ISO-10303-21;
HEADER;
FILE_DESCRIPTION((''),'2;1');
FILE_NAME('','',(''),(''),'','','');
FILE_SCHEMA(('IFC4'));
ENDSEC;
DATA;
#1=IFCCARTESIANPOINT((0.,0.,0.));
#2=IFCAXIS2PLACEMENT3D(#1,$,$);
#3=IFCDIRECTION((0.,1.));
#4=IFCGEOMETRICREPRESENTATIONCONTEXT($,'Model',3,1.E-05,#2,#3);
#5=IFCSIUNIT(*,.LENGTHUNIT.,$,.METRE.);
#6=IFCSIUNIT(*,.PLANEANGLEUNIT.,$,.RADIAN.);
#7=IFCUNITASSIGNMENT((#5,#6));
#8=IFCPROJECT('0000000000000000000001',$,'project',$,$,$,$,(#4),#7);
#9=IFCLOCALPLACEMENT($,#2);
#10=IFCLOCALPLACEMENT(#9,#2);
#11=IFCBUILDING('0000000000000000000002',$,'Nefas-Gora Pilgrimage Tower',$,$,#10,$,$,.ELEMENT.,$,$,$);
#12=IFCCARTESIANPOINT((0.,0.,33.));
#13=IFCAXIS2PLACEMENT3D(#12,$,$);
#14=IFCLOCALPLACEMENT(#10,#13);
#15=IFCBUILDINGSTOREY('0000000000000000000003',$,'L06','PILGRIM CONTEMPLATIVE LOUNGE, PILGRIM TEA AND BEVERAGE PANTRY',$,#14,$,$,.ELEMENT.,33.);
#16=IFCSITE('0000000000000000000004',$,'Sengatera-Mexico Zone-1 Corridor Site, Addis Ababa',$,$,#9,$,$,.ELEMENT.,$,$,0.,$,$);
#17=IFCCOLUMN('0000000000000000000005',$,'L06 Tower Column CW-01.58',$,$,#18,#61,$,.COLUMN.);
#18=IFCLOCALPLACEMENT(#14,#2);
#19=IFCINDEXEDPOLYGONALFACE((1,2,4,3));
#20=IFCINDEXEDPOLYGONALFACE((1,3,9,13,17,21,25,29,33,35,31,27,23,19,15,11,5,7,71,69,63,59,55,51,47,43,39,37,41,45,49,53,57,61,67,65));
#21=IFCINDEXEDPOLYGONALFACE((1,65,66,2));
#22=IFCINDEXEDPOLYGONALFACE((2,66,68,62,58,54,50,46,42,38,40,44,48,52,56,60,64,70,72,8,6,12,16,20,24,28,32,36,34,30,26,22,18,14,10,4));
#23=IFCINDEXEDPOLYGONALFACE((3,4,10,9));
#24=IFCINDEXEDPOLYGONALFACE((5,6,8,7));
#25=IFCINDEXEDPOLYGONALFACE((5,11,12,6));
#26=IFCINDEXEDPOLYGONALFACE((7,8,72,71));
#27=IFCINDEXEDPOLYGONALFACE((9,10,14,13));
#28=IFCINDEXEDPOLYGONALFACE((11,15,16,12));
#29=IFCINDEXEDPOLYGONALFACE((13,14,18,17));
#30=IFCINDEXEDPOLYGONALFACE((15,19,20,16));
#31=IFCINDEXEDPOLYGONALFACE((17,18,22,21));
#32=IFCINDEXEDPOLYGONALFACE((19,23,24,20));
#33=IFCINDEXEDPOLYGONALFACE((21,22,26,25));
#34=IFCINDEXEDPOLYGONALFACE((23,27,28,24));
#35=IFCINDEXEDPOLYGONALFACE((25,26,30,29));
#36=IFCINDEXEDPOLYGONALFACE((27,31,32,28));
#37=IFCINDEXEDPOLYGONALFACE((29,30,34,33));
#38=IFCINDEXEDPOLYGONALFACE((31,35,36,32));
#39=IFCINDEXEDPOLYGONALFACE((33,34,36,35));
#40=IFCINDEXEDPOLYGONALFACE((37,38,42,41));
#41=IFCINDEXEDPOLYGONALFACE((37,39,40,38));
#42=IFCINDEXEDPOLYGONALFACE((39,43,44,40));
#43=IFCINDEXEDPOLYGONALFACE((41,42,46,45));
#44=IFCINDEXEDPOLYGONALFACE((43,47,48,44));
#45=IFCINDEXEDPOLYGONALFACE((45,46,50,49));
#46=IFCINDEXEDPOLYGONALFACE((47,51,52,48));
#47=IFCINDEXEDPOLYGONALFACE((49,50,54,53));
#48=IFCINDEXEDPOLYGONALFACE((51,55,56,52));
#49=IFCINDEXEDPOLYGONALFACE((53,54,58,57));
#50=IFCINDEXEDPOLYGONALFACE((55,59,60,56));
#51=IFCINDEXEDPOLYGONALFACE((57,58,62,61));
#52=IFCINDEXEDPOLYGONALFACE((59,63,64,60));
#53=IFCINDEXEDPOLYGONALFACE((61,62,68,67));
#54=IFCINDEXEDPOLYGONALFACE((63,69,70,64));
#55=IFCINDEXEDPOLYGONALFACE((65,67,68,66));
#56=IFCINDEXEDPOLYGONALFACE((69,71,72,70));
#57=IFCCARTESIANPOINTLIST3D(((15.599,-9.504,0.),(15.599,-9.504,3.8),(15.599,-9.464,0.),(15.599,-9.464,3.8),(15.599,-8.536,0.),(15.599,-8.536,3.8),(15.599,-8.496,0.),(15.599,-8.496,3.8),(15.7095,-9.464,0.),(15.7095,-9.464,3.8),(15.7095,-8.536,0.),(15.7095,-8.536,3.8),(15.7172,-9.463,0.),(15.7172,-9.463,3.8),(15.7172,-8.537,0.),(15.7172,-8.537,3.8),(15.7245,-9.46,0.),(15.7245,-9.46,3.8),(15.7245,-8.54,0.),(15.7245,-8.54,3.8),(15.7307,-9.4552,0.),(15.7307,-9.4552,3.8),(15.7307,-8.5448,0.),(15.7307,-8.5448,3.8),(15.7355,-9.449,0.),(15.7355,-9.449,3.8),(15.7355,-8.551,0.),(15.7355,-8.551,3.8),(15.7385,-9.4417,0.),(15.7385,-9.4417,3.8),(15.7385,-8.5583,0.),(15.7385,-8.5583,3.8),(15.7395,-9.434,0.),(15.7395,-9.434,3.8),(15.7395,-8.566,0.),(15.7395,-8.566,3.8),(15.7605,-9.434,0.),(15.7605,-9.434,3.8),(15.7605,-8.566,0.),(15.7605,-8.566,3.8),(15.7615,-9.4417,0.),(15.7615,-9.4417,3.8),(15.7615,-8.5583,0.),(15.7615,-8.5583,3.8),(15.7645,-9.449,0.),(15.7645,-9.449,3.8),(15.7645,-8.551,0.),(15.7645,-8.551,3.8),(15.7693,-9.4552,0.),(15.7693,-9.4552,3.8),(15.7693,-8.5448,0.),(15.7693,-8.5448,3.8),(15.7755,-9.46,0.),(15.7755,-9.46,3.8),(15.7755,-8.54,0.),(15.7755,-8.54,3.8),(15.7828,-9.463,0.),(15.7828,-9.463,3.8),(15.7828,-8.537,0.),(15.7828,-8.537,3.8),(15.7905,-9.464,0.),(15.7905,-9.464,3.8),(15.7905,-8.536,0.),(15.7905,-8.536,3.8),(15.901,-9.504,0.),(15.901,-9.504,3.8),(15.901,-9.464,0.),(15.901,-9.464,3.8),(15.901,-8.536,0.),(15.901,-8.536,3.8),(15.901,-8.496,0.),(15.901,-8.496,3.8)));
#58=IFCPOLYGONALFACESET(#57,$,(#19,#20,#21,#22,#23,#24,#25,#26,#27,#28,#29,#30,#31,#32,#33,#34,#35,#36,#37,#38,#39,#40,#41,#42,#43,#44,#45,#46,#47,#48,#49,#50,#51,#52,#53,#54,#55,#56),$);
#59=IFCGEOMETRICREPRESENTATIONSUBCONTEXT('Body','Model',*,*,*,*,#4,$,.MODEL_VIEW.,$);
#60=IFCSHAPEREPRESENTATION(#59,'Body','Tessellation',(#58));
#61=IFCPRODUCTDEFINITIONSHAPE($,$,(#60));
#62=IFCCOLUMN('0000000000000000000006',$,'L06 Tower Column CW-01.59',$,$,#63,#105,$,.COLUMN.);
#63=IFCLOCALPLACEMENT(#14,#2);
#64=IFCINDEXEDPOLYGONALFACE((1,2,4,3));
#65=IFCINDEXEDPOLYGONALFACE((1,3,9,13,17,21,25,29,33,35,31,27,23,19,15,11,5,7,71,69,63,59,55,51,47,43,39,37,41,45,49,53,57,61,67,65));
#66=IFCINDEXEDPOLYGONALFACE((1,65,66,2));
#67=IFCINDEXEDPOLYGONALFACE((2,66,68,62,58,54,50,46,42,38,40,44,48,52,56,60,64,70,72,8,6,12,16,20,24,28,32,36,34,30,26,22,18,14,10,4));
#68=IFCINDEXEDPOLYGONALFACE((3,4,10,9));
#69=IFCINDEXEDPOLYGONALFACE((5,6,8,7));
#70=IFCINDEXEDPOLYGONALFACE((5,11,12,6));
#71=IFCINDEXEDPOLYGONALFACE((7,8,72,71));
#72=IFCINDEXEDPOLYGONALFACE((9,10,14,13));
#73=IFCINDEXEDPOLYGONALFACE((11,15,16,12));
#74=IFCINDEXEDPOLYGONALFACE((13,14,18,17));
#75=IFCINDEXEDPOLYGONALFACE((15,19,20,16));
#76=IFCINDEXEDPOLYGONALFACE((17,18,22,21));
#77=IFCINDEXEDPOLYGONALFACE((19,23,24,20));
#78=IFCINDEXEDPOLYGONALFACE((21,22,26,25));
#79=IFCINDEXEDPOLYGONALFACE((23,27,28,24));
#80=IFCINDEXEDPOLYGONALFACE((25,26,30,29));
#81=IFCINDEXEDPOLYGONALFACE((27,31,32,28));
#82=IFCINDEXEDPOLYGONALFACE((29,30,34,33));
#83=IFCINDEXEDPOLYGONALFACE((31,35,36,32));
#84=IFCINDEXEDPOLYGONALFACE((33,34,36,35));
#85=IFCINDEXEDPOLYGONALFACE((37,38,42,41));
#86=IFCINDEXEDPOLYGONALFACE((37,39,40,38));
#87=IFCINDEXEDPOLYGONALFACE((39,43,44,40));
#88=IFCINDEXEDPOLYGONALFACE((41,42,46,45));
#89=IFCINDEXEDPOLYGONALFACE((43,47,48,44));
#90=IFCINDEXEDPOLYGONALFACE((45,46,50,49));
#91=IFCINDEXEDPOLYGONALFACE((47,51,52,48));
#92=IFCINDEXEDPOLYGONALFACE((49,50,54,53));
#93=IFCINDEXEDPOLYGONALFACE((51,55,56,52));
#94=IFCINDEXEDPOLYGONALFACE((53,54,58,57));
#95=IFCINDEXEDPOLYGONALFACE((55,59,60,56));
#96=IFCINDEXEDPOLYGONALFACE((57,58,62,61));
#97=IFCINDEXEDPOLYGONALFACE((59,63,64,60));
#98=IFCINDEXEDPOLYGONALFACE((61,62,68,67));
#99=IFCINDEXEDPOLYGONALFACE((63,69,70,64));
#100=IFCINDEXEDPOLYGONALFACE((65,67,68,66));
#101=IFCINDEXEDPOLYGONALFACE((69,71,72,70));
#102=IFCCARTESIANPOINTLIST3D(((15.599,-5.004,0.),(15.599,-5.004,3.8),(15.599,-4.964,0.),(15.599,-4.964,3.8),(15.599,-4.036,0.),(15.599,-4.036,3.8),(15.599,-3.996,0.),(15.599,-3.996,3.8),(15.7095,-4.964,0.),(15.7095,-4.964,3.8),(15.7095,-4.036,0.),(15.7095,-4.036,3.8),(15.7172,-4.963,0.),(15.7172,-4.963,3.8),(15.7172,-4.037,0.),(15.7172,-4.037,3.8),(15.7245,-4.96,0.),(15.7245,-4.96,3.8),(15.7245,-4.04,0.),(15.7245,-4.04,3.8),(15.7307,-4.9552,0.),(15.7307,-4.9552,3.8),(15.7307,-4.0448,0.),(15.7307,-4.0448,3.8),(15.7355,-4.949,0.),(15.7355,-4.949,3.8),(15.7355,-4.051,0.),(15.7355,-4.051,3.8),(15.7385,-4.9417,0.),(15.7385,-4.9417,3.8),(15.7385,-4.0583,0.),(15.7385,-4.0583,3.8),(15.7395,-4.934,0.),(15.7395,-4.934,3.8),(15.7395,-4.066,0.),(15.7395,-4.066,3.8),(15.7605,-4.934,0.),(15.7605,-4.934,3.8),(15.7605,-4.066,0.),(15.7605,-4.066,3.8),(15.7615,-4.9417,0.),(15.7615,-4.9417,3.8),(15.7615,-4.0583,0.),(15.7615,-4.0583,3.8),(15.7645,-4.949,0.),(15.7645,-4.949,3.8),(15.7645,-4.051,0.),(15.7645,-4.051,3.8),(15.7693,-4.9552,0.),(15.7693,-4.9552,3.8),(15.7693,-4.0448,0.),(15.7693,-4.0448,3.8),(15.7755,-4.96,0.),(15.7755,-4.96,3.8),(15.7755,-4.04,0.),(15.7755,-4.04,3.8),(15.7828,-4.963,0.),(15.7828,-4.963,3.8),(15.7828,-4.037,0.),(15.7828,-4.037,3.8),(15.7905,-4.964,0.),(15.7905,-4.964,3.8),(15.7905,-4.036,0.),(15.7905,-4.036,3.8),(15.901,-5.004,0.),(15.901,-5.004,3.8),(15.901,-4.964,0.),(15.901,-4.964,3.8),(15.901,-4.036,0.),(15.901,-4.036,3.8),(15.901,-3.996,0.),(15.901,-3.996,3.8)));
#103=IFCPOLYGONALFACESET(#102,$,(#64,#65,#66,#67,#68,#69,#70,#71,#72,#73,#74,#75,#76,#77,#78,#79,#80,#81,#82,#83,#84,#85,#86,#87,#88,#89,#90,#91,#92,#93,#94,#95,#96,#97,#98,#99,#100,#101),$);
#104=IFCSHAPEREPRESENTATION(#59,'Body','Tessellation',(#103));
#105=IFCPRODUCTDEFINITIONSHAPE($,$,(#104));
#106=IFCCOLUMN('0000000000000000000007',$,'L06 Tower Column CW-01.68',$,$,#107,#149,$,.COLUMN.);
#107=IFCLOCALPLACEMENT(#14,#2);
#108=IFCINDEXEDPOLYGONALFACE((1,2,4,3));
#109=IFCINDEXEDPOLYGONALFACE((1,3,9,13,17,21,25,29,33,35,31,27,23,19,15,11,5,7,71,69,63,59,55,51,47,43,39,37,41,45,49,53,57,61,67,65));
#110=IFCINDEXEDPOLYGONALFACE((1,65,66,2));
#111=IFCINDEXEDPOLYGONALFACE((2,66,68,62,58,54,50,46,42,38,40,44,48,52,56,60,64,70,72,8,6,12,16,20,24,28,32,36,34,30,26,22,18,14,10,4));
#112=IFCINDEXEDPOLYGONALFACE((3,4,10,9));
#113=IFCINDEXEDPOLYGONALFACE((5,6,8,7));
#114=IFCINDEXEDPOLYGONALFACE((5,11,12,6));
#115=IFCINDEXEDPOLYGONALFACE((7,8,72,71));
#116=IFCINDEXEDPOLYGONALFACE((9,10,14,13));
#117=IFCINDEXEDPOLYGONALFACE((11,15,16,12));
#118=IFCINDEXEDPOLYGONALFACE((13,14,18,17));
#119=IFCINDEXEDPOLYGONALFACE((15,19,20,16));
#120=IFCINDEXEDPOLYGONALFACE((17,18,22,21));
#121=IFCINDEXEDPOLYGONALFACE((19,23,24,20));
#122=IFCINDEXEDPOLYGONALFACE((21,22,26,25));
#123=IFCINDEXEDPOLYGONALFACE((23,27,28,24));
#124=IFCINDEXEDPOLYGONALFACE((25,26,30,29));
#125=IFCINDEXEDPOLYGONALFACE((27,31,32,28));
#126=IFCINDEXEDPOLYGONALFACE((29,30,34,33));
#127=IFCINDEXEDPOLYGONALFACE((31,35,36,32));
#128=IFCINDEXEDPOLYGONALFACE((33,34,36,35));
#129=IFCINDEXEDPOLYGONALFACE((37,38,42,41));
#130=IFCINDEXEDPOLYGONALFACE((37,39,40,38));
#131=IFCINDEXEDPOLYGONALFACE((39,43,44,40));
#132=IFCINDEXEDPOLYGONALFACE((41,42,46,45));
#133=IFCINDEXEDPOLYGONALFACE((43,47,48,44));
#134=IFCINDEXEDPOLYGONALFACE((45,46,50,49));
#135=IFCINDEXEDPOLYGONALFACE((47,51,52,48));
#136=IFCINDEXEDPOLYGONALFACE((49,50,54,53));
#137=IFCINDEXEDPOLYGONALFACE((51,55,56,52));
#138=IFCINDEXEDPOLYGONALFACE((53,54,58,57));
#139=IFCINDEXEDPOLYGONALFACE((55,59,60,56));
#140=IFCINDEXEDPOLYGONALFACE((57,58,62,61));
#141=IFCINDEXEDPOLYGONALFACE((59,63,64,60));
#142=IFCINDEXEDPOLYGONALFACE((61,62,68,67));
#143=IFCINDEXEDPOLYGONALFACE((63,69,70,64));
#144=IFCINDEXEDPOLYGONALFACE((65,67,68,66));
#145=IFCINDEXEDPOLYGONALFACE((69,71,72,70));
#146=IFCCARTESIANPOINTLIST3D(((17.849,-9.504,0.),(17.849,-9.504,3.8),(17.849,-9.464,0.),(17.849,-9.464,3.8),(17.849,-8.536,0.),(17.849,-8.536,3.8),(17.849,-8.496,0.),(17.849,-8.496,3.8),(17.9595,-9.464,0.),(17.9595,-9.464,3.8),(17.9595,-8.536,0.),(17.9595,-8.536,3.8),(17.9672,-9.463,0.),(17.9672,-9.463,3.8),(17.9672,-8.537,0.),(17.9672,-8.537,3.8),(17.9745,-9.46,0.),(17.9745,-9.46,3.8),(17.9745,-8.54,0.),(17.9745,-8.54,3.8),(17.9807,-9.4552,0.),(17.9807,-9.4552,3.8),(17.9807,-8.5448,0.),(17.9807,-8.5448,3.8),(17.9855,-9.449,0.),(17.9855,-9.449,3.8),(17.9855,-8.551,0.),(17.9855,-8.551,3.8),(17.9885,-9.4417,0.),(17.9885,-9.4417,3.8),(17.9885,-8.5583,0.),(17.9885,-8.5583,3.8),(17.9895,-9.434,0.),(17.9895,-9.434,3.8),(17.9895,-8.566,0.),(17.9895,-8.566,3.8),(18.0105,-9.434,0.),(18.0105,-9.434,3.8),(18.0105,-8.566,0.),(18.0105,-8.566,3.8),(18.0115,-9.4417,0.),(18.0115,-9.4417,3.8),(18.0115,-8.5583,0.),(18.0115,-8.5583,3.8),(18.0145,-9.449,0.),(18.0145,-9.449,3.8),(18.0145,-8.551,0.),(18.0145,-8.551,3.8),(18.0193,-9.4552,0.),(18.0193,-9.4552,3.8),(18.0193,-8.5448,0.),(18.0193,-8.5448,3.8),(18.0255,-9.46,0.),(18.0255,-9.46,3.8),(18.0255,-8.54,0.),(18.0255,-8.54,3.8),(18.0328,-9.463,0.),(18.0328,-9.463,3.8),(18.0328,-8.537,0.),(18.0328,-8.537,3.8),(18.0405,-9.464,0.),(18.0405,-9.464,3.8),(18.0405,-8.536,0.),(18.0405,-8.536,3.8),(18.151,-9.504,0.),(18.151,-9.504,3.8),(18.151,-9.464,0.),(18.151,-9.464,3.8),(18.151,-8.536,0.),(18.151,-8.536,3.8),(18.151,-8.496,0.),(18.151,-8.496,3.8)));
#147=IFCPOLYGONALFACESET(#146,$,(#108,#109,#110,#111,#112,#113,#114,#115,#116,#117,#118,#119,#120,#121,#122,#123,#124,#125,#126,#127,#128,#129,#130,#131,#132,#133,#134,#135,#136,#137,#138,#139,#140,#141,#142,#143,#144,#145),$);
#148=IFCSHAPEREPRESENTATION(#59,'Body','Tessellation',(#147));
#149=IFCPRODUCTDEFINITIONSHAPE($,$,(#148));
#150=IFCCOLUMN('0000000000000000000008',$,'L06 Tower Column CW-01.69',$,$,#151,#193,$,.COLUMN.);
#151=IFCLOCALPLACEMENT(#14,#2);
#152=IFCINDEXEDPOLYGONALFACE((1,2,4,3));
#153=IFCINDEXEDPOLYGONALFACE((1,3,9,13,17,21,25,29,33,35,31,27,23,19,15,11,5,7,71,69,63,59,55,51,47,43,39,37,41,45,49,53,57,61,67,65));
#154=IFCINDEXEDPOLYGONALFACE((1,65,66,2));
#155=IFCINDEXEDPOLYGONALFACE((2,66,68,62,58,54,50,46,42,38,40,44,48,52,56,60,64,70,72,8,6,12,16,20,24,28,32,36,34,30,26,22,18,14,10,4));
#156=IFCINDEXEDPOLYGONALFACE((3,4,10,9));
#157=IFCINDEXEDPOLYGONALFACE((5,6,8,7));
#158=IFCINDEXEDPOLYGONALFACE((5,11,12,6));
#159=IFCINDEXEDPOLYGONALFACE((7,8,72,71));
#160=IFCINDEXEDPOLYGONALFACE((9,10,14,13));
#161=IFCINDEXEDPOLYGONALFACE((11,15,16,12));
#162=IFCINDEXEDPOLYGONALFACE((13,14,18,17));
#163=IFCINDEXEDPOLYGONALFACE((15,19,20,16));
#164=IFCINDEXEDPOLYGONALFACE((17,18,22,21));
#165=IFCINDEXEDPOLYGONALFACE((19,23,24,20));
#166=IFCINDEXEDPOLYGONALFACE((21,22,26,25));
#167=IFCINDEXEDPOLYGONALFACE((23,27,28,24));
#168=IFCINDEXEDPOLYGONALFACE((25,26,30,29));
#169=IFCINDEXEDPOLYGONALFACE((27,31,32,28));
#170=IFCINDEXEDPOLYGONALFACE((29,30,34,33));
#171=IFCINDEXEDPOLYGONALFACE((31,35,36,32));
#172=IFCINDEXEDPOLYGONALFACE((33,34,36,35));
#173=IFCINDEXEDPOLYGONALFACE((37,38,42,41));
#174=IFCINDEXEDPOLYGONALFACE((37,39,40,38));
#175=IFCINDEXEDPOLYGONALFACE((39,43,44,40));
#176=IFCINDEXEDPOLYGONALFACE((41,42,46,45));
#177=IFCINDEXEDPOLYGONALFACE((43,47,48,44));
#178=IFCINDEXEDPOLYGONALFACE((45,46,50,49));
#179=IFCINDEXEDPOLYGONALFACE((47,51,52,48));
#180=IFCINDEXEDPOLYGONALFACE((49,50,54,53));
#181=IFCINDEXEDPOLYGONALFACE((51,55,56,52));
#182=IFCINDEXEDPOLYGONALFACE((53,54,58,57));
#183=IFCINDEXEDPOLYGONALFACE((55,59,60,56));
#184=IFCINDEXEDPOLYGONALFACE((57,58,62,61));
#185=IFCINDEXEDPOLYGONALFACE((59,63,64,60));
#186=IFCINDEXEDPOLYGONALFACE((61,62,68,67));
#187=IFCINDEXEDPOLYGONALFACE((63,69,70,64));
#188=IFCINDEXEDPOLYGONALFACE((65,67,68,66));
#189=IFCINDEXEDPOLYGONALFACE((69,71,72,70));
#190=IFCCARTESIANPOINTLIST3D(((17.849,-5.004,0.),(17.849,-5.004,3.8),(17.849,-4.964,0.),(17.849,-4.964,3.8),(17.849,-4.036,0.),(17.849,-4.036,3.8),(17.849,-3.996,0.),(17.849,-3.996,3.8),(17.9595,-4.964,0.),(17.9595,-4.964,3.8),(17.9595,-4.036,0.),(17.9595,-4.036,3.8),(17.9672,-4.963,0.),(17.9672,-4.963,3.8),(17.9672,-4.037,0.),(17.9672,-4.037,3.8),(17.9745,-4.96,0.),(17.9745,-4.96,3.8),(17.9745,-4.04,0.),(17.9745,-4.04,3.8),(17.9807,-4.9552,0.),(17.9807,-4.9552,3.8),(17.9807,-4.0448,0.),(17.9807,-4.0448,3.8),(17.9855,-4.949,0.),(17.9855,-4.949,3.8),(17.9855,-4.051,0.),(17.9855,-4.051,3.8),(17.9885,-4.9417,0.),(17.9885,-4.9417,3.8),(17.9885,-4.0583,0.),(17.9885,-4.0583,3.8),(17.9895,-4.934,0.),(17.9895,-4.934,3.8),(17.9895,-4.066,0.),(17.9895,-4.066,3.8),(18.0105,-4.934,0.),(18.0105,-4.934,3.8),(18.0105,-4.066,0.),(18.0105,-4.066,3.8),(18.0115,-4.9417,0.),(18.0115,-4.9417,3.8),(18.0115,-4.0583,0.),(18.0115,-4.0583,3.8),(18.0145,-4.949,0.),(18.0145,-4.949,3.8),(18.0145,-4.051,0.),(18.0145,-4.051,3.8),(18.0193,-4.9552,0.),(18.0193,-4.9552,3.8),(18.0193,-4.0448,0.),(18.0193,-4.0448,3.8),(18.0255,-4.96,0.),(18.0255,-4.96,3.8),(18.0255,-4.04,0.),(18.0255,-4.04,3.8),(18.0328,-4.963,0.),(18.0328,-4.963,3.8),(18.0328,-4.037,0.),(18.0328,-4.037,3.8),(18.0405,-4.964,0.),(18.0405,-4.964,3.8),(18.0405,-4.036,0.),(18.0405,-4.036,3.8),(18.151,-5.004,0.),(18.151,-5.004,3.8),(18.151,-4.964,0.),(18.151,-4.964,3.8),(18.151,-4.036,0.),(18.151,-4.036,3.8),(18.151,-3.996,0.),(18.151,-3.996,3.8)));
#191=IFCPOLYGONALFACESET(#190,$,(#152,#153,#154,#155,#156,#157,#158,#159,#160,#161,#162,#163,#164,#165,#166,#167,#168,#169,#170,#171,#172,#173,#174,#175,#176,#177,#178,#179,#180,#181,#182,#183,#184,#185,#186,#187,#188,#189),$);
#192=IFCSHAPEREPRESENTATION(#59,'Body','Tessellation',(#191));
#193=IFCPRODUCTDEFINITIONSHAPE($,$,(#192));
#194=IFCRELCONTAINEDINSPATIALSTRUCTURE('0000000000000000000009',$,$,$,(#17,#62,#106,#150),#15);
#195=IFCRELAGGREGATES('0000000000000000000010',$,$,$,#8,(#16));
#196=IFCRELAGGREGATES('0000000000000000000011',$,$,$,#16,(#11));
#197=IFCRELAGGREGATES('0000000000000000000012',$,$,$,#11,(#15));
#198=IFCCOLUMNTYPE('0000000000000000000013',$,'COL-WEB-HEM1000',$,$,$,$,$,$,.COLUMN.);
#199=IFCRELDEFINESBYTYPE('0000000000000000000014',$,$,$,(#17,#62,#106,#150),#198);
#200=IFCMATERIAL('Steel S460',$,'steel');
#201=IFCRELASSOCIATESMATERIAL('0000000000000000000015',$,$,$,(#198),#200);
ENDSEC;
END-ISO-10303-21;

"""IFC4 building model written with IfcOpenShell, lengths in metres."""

from ifc_helpers import new_model, si_unit, direction, frame, origin, origin_2d, place, context, subcontext, project, spatial, i_section, extrude, source, transform, mapped, material, material_profile, profile_set, type_object, element, save


model = new_model("IFC4")

# Units and contexts
model_context = context("Model", 3, precision=1e-05, world=origin(), true_north=direction((0.0, 1.0)))
body_context = subcontext(model_context, "Body", "Model", "MODEL_VIEW")
ifc_project = project(units=[si_unit("LENGTHUNIT", "METRE"), si_unit("PLANEANGLEUNIT", "RADIAN")], contexts=[model_context])

# Site, building, storey
site_placement = place(None, origin())
site = spatial("IfcSite", under=ifc_project, at=site_placement, Name="Sengatera-Mexico Zone-1 Corridor Site, Addis Ababa", CompositionType="ELEMENT", RefElevation=0.0)
building_placement = place(site_placement, origin())
building = spatial("IfcBuilding", under=site, at=building_placement, Name="Nefas-Gora Pilgrimage Tower", CompositionType="ELEMENT")
storey_placement = place(building_placement, frame((0.0, 0.0, 33.0)))
storey = spatial("IfcBuildingStorey", under=building, at=storey_placement, Name="L06", Description="PILGRIM CONTEMPLATIVE LOUNGE, PILGRIM TEA AND BEVERAGE PANTRY", CompositionType="ELEMENT", Elevation=33.0)

# Columns
ifc_material_1 = material(Name="Steel S460", Category="steel")
ifc_material_profile_1 = material_profile(ifc_material_1, i_section(OverallWidth=0.302, OverallDepth=1.0081, WebThickness=0.021, FlangeThickness=0.04, FilletRadius=0.03, at=origin_2d()), Name="HEM 1000")
ifc_profile_set_1 = profile_set([ifc_material_profile_1], Name="Steel S460")
column_type_1 = type_object("IfcColumnType", Name="COL-WEB-HEM1000", PredefinedType="COLUMN", material=ifc_profile_set_1)
shared_shape_1 = source(origin(), body_context, "Body", "SweptSolid", [
    extrude(i_section(OverallWidth=0.302, OverallDepth=1.0081, WebThickness=0.021, FlangeThickness=0.04, FilletRadius=0.03, at=origin_2d()), origin(), (0.0, 0.0, 1.0), 3.8),
])
for number, where, z_axis, x_axis, name in (
    (1, (15.75, -9.0, 0.0), (0.0, 0.0, 1.0), (1.0, 0.0, 0.0), "L06 Tower Column CW-01.58"),
    (2, (15.75, -4.5, 0.0), (0.0, 0.0, 1.0), (1.0, 0.0, 0.0), "L06 Tower Column CW-01.59"),
    (3, (18.0, -9.0, 0.0), (0.0, 0.0, 1.0), (1.0, 0.0, 0.0), "L06 Tower Column CW-01.68"),
    (4, (18.0, -4.5, 0.0), (0.0, 0.0, 1.0), (1.0, 0.0, 0.0), "L06 Tower Column CW-01.69"),
):
    element("IfcColumn", number, at=place(storey_placement, frame(where, z_axis=z_axis, x_axis=x_axis)), inside=storey, type_object=column_type_1, Name=name, PredefinedType="COLUMN", context=body_context, shape_type="MappedRepresentation", body=[
        mapped(shared_shape_1, transform((0.0, 0.0, 0.0), x_axis=(1.0, 0.0, 0.0), y_axis=(0.0, 1.0, 0.0), z_axis=(0.0, 0.0, 1.0), scale=1.0)),
    ])

save(model, "model.ifc")
